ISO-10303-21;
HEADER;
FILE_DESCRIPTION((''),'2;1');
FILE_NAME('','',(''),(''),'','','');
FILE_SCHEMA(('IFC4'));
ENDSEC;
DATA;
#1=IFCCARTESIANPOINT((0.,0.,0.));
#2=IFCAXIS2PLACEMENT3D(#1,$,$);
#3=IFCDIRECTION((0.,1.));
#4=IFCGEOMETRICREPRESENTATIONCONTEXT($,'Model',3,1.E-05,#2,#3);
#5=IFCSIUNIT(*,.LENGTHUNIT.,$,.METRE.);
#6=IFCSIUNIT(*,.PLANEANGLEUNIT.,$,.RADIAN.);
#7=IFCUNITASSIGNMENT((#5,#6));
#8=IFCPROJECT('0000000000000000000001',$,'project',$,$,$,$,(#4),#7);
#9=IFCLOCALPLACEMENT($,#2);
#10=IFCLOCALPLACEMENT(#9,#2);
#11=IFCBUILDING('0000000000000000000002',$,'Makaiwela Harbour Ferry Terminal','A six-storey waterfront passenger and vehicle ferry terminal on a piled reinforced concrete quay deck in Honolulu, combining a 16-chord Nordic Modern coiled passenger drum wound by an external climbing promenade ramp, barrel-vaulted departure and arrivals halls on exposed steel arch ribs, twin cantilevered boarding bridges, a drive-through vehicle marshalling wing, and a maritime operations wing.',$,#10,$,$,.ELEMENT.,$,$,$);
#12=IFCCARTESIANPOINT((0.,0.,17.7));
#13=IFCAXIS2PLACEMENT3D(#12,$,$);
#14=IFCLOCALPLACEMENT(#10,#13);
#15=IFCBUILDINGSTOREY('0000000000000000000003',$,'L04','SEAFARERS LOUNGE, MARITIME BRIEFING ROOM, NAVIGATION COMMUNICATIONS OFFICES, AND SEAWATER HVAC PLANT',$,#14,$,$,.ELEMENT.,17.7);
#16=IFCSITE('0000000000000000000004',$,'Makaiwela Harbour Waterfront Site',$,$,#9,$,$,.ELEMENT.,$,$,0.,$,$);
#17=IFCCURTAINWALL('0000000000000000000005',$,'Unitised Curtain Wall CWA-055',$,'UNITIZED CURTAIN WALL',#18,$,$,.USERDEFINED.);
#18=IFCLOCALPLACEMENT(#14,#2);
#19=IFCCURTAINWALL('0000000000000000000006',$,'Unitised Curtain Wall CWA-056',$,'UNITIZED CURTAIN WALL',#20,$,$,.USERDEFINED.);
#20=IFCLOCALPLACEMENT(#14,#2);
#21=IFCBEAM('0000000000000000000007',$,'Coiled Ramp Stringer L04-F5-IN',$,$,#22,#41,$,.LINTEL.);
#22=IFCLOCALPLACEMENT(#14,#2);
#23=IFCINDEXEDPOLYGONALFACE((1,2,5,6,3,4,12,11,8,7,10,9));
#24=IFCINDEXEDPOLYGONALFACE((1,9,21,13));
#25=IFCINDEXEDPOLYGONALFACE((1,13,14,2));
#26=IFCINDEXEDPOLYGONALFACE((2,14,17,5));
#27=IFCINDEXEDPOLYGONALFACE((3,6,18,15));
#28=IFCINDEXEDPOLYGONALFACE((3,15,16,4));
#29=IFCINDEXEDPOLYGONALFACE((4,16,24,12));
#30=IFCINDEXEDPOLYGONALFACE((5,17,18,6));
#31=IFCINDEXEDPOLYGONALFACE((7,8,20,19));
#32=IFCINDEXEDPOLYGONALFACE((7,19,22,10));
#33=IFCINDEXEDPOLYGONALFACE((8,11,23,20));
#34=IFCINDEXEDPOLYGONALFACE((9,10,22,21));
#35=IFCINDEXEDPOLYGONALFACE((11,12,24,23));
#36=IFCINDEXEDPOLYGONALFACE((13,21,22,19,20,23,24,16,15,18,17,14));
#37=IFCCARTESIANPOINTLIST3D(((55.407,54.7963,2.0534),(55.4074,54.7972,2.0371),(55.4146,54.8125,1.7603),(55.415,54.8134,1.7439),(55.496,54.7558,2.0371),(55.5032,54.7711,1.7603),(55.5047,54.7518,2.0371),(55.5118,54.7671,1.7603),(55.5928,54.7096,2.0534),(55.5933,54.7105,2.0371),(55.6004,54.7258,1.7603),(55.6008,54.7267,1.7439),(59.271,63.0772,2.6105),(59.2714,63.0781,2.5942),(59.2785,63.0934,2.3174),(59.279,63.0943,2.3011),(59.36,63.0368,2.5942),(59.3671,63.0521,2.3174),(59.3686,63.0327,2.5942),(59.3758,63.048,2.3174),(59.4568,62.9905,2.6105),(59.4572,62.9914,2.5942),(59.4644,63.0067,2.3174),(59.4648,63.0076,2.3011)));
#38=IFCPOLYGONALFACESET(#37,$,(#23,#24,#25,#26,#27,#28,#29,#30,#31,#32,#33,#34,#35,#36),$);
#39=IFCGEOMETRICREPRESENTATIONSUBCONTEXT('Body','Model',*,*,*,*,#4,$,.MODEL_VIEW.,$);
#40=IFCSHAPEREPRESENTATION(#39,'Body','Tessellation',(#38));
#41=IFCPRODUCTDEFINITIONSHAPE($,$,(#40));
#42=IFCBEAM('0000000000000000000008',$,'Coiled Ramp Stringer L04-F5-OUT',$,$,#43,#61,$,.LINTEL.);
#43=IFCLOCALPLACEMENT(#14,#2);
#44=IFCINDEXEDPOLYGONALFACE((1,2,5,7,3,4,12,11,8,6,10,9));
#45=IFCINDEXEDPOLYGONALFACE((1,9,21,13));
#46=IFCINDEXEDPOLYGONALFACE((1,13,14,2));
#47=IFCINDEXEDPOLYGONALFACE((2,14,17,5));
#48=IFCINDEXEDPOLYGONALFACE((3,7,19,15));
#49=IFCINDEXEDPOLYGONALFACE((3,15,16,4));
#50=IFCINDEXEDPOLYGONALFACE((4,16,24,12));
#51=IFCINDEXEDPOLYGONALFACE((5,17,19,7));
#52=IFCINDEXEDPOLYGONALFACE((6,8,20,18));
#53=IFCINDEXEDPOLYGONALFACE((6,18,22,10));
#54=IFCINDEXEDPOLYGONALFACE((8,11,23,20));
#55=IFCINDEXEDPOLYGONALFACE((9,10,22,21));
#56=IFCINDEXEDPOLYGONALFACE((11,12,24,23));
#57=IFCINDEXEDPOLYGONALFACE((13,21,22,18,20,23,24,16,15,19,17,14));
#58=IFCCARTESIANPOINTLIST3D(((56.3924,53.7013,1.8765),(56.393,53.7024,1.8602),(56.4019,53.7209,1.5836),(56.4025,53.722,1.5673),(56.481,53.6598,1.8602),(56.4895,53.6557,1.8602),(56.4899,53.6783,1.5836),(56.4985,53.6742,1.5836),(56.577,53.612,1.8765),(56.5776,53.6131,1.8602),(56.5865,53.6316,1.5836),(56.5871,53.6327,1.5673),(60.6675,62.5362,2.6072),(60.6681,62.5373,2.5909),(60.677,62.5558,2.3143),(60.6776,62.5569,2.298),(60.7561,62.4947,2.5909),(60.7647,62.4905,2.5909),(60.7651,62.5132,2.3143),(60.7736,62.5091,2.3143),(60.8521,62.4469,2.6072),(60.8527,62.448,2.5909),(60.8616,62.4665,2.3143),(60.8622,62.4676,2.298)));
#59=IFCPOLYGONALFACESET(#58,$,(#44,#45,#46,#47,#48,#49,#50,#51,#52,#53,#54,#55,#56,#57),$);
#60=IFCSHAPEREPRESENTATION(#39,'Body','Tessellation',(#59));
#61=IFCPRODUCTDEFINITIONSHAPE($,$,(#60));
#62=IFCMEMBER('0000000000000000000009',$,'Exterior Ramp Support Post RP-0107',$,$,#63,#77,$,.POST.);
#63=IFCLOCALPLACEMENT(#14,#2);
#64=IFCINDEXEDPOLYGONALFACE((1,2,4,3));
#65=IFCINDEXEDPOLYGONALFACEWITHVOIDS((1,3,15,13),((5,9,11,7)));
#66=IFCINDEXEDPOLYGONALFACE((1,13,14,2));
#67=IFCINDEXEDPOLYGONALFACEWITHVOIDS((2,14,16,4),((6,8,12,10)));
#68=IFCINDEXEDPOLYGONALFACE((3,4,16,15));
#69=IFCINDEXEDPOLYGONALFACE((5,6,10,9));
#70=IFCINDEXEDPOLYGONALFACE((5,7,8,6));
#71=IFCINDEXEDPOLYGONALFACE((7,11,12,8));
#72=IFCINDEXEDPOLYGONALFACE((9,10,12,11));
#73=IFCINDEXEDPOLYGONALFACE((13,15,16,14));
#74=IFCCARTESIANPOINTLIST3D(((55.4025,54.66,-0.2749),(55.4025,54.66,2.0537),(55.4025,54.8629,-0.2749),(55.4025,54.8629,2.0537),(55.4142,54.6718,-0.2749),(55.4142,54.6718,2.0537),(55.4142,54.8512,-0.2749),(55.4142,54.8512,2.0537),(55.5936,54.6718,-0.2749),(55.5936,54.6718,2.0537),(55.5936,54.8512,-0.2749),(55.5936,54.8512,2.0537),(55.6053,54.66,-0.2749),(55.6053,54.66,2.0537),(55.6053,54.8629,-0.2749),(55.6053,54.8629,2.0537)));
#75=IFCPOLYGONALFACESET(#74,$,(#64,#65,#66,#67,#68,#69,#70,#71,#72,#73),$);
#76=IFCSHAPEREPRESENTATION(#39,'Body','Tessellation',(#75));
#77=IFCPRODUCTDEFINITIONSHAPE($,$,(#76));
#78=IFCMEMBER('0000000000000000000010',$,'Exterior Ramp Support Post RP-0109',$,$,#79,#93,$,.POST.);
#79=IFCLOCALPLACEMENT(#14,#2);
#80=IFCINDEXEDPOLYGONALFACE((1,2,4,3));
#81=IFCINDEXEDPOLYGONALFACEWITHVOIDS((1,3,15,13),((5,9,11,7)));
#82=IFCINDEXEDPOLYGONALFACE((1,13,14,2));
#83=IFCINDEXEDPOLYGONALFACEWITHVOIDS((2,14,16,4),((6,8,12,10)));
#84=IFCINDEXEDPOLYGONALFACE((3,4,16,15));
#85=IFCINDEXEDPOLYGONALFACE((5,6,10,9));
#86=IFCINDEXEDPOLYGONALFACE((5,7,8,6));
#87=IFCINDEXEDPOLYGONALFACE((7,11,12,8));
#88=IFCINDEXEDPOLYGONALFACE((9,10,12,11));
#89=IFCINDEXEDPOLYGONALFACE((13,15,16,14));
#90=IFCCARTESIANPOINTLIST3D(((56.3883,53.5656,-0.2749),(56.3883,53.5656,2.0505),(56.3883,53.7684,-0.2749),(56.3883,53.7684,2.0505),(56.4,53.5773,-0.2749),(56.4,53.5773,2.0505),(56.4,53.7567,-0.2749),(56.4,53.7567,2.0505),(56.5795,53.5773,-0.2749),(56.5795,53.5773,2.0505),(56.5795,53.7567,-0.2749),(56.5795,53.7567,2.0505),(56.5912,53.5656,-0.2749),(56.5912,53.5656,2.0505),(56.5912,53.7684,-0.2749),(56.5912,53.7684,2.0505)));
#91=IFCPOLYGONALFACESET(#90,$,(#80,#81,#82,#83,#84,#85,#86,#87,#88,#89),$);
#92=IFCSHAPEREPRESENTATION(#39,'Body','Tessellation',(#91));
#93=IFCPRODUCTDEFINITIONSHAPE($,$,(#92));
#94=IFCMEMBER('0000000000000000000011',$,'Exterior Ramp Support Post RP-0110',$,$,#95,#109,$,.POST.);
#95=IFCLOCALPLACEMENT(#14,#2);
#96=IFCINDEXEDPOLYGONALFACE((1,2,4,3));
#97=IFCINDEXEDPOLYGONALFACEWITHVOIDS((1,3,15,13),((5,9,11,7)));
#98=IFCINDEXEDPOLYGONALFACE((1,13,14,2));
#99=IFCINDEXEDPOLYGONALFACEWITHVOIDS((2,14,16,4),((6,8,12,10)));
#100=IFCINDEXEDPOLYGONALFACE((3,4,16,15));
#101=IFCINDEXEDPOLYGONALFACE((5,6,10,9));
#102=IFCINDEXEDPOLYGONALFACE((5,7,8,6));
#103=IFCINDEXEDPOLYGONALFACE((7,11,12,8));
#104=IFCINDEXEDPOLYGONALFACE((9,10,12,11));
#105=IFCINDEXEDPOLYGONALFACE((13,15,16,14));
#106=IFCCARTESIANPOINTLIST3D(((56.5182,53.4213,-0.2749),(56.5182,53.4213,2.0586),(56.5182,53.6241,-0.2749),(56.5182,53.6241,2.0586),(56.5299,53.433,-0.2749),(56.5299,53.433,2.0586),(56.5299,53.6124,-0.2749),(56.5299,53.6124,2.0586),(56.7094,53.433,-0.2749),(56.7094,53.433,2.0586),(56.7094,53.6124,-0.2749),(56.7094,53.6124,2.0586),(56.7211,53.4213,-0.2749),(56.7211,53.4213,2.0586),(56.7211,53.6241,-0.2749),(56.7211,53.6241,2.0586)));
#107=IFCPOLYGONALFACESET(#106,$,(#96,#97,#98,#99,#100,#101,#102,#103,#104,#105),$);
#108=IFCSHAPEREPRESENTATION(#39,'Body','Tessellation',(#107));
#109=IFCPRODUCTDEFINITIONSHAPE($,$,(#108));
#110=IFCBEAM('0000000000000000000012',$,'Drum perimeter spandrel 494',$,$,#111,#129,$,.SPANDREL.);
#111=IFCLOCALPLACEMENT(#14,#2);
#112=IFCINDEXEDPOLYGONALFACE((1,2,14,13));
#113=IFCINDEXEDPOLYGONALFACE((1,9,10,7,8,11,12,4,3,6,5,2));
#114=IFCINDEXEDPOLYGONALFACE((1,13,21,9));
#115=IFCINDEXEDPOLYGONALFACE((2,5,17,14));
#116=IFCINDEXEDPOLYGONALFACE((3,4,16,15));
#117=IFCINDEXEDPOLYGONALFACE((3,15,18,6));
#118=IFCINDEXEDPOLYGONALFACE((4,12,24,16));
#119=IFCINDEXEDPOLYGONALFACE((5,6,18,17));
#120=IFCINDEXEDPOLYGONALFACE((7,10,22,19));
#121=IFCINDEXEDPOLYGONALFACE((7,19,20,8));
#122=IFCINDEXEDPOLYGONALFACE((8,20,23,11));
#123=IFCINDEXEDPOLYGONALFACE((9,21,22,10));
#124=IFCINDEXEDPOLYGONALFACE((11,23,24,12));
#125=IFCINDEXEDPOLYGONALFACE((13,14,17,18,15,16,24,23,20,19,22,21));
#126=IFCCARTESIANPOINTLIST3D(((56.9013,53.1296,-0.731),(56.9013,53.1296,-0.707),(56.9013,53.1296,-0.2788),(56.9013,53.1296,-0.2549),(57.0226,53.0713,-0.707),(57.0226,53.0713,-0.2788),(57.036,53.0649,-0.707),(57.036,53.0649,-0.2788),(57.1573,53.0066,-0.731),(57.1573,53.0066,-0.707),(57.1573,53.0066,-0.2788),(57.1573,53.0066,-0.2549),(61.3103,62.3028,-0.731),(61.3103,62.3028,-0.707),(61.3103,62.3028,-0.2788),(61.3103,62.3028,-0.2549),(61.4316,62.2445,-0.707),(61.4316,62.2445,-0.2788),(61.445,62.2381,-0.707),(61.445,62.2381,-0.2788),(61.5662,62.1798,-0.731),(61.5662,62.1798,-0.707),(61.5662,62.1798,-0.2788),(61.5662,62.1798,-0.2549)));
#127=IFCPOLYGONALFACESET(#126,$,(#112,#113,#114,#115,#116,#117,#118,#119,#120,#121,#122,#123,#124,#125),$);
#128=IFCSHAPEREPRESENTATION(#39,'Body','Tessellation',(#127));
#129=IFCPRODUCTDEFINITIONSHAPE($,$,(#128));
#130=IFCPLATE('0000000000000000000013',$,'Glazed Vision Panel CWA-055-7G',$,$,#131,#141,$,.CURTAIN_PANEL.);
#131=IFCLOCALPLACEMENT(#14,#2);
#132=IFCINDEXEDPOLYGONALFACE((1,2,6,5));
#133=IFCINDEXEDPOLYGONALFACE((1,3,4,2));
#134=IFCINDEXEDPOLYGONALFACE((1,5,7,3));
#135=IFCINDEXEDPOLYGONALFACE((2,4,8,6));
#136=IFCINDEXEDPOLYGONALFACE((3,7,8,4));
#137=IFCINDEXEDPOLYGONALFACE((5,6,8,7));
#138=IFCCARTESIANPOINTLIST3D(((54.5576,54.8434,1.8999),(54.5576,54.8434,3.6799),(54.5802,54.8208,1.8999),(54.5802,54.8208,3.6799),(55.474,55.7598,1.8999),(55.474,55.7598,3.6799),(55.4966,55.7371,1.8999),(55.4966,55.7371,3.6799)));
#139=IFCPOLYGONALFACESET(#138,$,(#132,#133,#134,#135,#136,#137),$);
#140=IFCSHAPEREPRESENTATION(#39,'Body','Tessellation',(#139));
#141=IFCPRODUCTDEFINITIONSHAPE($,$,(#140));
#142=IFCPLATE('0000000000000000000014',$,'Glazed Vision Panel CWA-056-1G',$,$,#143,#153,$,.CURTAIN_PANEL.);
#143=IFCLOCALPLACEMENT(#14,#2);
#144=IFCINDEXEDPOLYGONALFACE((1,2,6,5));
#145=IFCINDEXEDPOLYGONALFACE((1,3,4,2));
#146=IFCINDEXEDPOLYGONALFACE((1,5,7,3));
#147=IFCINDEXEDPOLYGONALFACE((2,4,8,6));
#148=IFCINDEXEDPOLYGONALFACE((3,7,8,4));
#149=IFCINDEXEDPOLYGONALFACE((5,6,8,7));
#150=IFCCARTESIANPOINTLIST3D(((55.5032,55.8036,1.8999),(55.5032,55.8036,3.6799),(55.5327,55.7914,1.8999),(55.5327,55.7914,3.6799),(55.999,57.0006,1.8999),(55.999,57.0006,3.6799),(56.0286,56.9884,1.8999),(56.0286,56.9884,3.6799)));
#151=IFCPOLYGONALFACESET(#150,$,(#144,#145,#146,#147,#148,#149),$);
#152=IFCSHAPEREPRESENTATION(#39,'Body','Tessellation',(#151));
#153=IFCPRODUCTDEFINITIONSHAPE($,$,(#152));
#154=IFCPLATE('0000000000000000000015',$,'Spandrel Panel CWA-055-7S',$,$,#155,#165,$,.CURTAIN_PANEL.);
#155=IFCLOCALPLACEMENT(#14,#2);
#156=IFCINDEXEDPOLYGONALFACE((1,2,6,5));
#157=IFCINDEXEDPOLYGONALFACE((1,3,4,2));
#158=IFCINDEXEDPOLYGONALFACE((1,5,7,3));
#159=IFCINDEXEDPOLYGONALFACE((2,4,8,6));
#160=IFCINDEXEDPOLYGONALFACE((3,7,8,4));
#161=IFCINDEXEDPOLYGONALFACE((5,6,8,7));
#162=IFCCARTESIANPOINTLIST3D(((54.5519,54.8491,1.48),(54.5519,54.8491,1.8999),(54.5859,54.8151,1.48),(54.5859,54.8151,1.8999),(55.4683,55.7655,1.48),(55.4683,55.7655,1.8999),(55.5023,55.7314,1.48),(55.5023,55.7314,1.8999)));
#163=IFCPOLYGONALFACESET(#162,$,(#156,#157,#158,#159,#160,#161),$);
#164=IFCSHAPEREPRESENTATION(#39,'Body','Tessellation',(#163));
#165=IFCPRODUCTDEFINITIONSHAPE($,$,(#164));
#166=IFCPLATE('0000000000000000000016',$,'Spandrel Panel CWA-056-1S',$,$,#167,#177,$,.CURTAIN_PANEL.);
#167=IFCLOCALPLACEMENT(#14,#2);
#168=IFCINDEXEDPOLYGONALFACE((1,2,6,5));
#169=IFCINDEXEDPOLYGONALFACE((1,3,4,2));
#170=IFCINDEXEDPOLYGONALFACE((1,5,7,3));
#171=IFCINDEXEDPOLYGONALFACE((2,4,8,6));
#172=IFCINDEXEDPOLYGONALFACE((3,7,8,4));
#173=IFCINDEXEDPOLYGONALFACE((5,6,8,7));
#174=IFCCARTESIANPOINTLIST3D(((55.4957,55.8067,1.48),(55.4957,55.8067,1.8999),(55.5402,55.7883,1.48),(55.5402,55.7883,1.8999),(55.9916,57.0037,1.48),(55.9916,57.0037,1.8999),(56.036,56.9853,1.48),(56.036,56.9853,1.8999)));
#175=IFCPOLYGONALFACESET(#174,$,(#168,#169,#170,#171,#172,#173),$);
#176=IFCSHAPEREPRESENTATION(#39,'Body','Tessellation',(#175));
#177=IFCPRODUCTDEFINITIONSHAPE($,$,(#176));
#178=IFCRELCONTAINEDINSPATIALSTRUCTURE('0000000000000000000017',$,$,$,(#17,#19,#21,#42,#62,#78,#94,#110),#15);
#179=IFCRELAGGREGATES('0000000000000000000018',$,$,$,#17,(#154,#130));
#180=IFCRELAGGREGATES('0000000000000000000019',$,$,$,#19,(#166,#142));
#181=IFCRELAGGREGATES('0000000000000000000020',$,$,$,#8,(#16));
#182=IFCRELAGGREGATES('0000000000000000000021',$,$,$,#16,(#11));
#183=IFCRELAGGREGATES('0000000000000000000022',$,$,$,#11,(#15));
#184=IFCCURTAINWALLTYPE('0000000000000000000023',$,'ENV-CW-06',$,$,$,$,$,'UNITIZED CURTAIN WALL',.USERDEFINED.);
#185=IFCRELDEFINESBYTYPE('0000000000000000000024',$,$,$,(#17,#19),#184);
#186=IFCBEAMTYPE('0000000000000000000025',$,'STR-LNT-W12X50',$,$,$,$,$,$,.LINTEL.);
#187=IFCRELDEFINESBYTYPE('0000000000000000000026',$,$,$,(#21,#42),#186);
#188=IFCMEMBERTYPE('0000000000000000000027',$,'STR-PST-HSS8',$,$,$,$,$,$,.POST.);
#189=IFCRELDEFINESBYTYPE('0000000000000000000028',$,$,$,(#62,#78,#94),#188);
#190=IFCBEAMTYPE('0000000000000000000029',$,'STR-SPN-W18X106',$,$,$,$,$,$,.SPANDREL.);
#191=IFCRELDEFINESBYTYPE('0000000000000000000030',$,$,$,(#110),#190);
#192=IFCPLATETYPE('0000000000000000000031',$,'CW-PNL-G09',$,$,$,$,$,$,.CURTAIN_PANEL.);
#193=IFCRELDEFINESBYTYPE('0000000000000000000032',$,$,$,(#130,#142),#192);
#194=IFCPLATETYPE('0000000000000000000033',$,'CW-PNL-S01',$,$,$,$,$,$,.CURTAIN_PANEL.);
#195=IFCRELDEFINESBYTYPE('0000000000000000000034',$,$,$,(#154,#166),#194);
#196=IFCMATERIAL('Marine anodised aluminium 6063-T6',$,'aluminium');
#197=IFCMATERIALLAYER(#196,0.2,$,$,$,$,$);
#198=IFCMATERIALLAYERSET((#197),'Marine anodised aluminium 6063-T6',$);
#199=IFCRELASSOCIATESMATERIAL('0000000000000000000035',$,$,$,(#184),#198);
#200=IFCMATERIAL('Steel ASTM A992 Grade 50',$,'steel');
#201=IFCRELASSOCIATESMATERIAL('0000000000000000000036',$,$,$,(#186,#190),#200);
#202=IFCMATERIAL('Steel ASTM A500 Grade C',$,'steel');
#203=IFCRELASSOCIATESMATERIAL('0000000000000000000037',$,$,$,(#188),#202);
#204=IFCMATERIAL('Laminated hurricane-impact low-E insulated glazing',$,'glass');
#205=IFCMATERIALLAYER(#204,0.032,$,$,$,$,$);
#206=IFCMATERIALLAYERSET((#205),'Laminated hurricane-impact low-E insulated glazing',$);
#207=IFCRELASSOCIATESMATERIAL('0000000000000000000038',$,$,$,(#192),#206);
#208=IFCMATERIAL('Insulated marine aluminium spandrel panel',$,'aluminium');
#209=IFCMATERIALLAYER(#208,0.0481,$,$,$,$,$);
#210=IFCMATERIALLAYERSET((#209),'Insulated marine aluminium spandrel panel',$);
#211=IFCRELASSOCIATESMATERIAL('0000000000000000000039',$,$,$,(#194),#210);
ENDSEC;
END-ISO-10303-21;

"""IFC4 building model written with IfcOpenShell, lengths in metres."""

from ifc_helpers import new_model, si_unit, direction, frame, origin, origin_2d, place, context, subcontext, project, spatial, rectangle, hollow_rectangle, i_section, extrude, material, layer, layer_set, material_profile, profile_set, type_object, element, aggregate, save


model = new_model("IFC4")

# Units and contexts
model_context = context("Model", 3, precision=1e-05, world=origin(), true_north=direction((0.0, 1.0)))
body_context = subcontext(model_context, "Body", "Model", "MODEL_VIEW")
ifc_project = project(units=[si_unit("LENGTHUNIT", "METRE"), si_unit("PLANEANGLEUNIT", "RADIAN")], contexts=[model_context])

# Site, building, storey
site_placement = place(None, origin())
site = spatial("IfcSite", under=ifc_project, at=site_placement, Name="Makaiwela Harbour Waterfront Site", CompositionType="ELEMENT", RefElevation=0.0)
building_placement = place(site_placement, origin())
building = spatial("IfcBuilding", under=site, at=building_placement, Name="Makaiwela Harbour Ferry Terminal", Description="A six-storey waterfront passenger and vehicle ferry terminal on a piled reinforced concrete quay deck in Honolulu, combining a 16-chord Nordic Modern coiled passenger drum wound by an external climbing promenade ramp, barrel-vaulted departure and arrivals halls on exposed steel arch ribs, twin cantilevered boarding bridges, a drive-through vehicle marshalling wing, and a maritime operations wing.", CompositionType="ELEMENT")
storey_placement = place(building_placement, frame((0.0, 0.0, 17.7)))
storey = spatial("IfcBuildingStorey", under=building, at=storey_placement, Name="L04", Description="SEAFARERS LOUNGE, MARITIME BRIEFING ROOM, NAVIGATION COMMUNICATIONS OFFICES, AND SEAWATER HVAC PLANT", CompositionType="ELEMENT", Elevation=17.7)

# Curtain wall
ifc_material_1 = material(Name="Marine anodised aluminium 6063-T6", Category="aluminium")
ifc_layer_1 = layer(ifc_material_1, 0.2)
ifc_layer_set_1 = layer_set([ifc_layer_1], Name="Marine anodised aluminium 6063-T6")
curtain_wall_type = type_object("IfcCurtainWallType", Name="ENV-CW-06", ElementType="UNITIZED CURTAIN WALL", PredefinedType="USERDEFINED", material=ifc_layer_set_1)
curtain_wall_1_placement = place(storey_placement, origin())
curtain_wall_1 = element("IfcCurtainWall", 1, at=curtain_wall_1_placement, inside=storey, type_object=curtain_wall_type, Name="Unitised Curtain Wall CWA-055", ObjectType="UNITIZED CURTAIN WALL", PredefinedType="USERDEFINED")

# Curtain wall
curtain_wall_2_placement = place(storey_placement, origin())
curtain_wall_2 = element("IfcCurtainWall", 2, at=curtain_wall_2_placement, inside=storey, type_object=curtain_wall_type, Name="Unitised Curtain Wall CWA-056", ObjectType="UNITIZED CURTAIN WALL", PredefinedType="USERDEFINED")

# Beams
ifc_material_2 = material(Name="Steel ASTM A992 Grade 50", Category="steel")
ifc_material_profile_1 = material_profile(ifc_material_2, i_section(OverallWidth=0.2051, OverallDepth=0.3101, WebThickness=0.0095, FlangeThickness=0.0164, at=origin_2d()), Name="W12X50")
ifc_profile_set_1 = profile_set([ifc_material_profile_1], Name="Steel ASTM A992 Grade 50")
beam_type_1 = type_object("IfcBeamType", Name="STR-LNT-W12X50", PredefinedType="LINTEL", material=ifc_profile_set_1)
beam_1_placement = place(storey_placement, frame((55.5039, 54.7615, 1.8987), z_axis=(0.422061, 0.904523, 0.060854), x_axis=(-0.906202, 0.422845, 0.0)))
element("IfcBeam", 3, at=beam_1_placement, inside=storey, type_object=beam_type_1, Name="Coiled Ramp Stringer L04-F5-IN", PredefinedType="LINTEL", context=body_context, shape_type="SweptSolid", body=[
    extrude(i_section(OverallWidth=0.2051, OverallDepth=0.3101, WebThickness=0.0095, FlangeThickness=0.0164, at=origin_2d()), origin(), (0.0, 0.0, 1.0), 9.155),
])
beam_2_placement = place(storey_placement, frame((56.4897, 53.667, 1.7219), z_axis=(0.434372, 0.897668, 0.074243), x_axis=(-0.900153, 0.435575, 0.0)))
element("IfcBeam", 4, at=beam_2_placement, inside=storey, type_object=beam_type_1, Name="Coiled Ramp Stringer L04-F5-OUT", PredefinedType="LINTEL", context=body_context, shape_type="SweptSolid", body=[
    extrude(i_section(OverallWidth=0.2051, OverallDepth=0.3101, WebThickness=0.0095, FlangeThickness=0.0164, at=origin_2d()), origin(), (0.0, 0.0, 1.0), 9.842),
])

# Members
ifc_material_3 = material(Name="Steel ASTM A500 Grade C", Category="steel")
ifc_material_profile_2 = material_profile(ifc_material_3, hollow_rectangle(XDim=0.2029, YDim=0.2029, WallThickness=0.0117, at=origin_2d()), Name="HSS8X8X1/2")
ifc_profile_set_2 = profile_set([ifc_material_profile_2], Name="Steel ASTM A500 Grade C")
member_type_1 = type_object("IfcMemberType", Name="STR-PST-HSS8", PredefinedType="POST", material=ifc_profile_set_2)
member_1_placement = place(storey_placement, frame((55.5039, 54.7615, -0.2749), z_axis=(0.0, 0.0, 1.0), x_axis=(1.0, 0.0, 0.0)))
element("IfcMember", 5, at=member_1_placement, inside=storey, type_object=member_type_1, Name="Exterior Ramp Support Post RP-0107", PredefinedType="POST", context=body_context, shape_type="SweptSolid", body=[
    extrude(hollow_rectangle(XDim=0.2029, YDim=0.2029, WallThickness=0.0117, at=origin_2d()), origin(), (0.0, 0.0, 1.0), 2.3286),
])
member_2_placement = place(storey_placement, frame((56.4897, 53.667, -0.2749), z_axis=(0.0, 0.0, 1.0), x_axis=(1.0, 0.0, 0.0)))
element("IfcMember", 6, at=member_2_placement, inside=storey, type_object=member_type_1, Name="Exterior Ramp Support Post RP-0109", PredefinedType="POST", context=body_context, shape_type="SweptSolid", body=[
    extrude(hollow_rectangle(XDim=0.2029, YDim=0.2029, WallThickness=0.0117, at=origin_2d()), origin(), (0.0, 0.0, 1.0), 2.3254),
])
member_3_placement = place(storey_placement, frame((56.6196, 53.5227, -0.2749), z_axis=(0.0, 0.0, 1.0), x_axis=(1.0, 0.0, 0.0)))
element("IfcMember", 7, at=member_3_placement, inside=storey, type_object=member_type_1, Name="Exterior Ramp Support Post RP-0110", PredefinedType="POST", context=body_context, shape_type="SweptSolid", body=[
    extrude(hollow_rectangle(XDim=0.2029, YDim=0.2029, WallThickness=0.0117, at=origin_2d()), origin(), (0.0, 0.0, 1.0), 2.3335),
])

# Beam
ifc_material_profile_3 = material_profile(ifc_material_2, i_section(OverallWidth=0.2839, OverallDepth=0.4761, WebThickness=0.0149, FlangeThickness=0.0239, at=origin_2d()), Name="W18X106")
ifc_profile_set_3 = profile_set([ifc_material_profile_3], Name="Steel ASTM A992 Grade 50")
beam_type_2 = type_object("IfcBeamType", Name="STR-SPN-W18X106", PredefinedType="SPANDREL", material=ifc_profile_set_3)
beam_3_placement = place(storey_placement, frame((57.0293, 53.0681, -0.4929), z_axis=(0.433198, 0.901299, 0.0), x_axis=(-0.901299, 0.433198, 0.0)))
element("IfcBeam", 8, at=beam_3_placement, inside=storey, type_object=beam_type_2, Name="Drum perimeter spandrel 494", PredefinedType="SPANDREL", context=body_context, shape_type="SweptSolid", body=[
    extrude(i_section(OverallWidth=0.2839, OverallDepth=0.4761, WebThickness=0.0149, FlangeThickness=0.0239, at=origin_2d()), origin(), (0.0, 0.0, 1.0), 10.1777),
])

# Plates
ifc_material_4 = material(Name="Laminated hurricane-impact low-E insulated glazing", Category="glass")
ifc_layer_2 = layer(ifc_material_4, 0.032)
ifc_layer_set_2 = layer_set([ifc_layer_2], Name="Laminated hurricane-impact low-E insulated glazing")
plate_type_1 = type_object("IfcPlateType", Name="CW-PNL-G09", PredefinedType="CURTAIN_PANEL", material=ifc_layer_set_2)
plate_1_placement = place(storey_placement, frame((55.0271, 55.2903, 1.8999), z_axis=(0.0, 0.0, 1.0), x_axis=(0.707107, 0.707107, 0.0)))
plate_1 = element("IfcPlate", 9, at=plate_1_placement, type_object=plate_type_1, Name="Glazed Vision Panel CWA-055-7G", PredefinedType="CURTAIN_PANEL", context=body_context, shape_type="SweptSolid", body=[
    extrude(rectangle(XDim=1.2959, YDim=0.032, at=origin_2d()), origin(), (0.0, 0.0, 1.0), 1.78),
])
plate_2_placement = place(storey_placement, frame((55.7659, 56.396, 1.8999), z_axis=(0.0, 0.0, 1.0), x_axis=(0.382683, 0.92388, 0.0)))
plate_2 = element("IfcPlate", 10, at=plate_2_placement, type_object=plate_type_1, Name="Glazed Vision Panel CWA-056-1G", PredefinedType="CURTAIN_PANEL", context=body_context, shape_type="SweptSolid", body=[
    extrude(rectangle(XDim=1.2957, YDim=0.032, at=origin_2d()), origin(), (0.0, 0.0, 1.0), 1.78),
])
ifc_material_5 = material(Name="Insulated marine aluminium spandrel panel", Category="aluminium")
ifc_layer_3 = layer(ifc_material_5, 0.0481)
ifc_layer_set_3 = layer_set([ifc_layer_3], Name="Insulated marine aluminium spandrel panel")
plate_type_2 = type_object("IfcPlateType", Name="CW-PNL-S01", PredefinedType="CURTAIN_PANEL", material=ifc_layer_set_3)
plate_3_placement = place(storey_placement, frame((55.0271, 55.2903, 1.48), z_axis=(0.0, 0.0, 1.0), x_axis=(0.707107, 0.707107, 0.0)))
plate_3 = element("IfcPlate", 11, at=plate_3_placement, type_object=plate_type_2, Name="Spandrel Panel CWA-055-7S", PredefinedType="CURTAIN_PANEL", context=body_context, shape_type="SweptSolid", body=[
    extrude(rectangle(XDim=1.2959, YDim=0.0481, at=origin_2d()), origin(), (0.0, 0.0, 1.0), 0.4199),
])
aggregate(curtain_wall_1, [plate_3, plate_1])
plate_4_placement = place(storey_placement, frame((55.7659, 56.396, 1.48), z_axis=(0.0, 0.0, 1.0), x_axis=(0.382683, 0.92388, 0.0)))
plate_4 = element("IfcPlate", 12, at=plate_4_placement, type_object=plate_type_2, Name="Spandrel Panel CWA-056-1S", PredefinedType="CURTAIN_PANEL", context=body_context, shape_type="SweptSolid", body=[
    extrude(rectangle(XDim=1.2957, YDim=0.0481, at=origin_2d()), origin(), (0.0, 0.0, 1.0), 0.4199),
])
aggregate(curtain_wall_2, [plate_4, plate_2])

save(model, "model.ifc")
